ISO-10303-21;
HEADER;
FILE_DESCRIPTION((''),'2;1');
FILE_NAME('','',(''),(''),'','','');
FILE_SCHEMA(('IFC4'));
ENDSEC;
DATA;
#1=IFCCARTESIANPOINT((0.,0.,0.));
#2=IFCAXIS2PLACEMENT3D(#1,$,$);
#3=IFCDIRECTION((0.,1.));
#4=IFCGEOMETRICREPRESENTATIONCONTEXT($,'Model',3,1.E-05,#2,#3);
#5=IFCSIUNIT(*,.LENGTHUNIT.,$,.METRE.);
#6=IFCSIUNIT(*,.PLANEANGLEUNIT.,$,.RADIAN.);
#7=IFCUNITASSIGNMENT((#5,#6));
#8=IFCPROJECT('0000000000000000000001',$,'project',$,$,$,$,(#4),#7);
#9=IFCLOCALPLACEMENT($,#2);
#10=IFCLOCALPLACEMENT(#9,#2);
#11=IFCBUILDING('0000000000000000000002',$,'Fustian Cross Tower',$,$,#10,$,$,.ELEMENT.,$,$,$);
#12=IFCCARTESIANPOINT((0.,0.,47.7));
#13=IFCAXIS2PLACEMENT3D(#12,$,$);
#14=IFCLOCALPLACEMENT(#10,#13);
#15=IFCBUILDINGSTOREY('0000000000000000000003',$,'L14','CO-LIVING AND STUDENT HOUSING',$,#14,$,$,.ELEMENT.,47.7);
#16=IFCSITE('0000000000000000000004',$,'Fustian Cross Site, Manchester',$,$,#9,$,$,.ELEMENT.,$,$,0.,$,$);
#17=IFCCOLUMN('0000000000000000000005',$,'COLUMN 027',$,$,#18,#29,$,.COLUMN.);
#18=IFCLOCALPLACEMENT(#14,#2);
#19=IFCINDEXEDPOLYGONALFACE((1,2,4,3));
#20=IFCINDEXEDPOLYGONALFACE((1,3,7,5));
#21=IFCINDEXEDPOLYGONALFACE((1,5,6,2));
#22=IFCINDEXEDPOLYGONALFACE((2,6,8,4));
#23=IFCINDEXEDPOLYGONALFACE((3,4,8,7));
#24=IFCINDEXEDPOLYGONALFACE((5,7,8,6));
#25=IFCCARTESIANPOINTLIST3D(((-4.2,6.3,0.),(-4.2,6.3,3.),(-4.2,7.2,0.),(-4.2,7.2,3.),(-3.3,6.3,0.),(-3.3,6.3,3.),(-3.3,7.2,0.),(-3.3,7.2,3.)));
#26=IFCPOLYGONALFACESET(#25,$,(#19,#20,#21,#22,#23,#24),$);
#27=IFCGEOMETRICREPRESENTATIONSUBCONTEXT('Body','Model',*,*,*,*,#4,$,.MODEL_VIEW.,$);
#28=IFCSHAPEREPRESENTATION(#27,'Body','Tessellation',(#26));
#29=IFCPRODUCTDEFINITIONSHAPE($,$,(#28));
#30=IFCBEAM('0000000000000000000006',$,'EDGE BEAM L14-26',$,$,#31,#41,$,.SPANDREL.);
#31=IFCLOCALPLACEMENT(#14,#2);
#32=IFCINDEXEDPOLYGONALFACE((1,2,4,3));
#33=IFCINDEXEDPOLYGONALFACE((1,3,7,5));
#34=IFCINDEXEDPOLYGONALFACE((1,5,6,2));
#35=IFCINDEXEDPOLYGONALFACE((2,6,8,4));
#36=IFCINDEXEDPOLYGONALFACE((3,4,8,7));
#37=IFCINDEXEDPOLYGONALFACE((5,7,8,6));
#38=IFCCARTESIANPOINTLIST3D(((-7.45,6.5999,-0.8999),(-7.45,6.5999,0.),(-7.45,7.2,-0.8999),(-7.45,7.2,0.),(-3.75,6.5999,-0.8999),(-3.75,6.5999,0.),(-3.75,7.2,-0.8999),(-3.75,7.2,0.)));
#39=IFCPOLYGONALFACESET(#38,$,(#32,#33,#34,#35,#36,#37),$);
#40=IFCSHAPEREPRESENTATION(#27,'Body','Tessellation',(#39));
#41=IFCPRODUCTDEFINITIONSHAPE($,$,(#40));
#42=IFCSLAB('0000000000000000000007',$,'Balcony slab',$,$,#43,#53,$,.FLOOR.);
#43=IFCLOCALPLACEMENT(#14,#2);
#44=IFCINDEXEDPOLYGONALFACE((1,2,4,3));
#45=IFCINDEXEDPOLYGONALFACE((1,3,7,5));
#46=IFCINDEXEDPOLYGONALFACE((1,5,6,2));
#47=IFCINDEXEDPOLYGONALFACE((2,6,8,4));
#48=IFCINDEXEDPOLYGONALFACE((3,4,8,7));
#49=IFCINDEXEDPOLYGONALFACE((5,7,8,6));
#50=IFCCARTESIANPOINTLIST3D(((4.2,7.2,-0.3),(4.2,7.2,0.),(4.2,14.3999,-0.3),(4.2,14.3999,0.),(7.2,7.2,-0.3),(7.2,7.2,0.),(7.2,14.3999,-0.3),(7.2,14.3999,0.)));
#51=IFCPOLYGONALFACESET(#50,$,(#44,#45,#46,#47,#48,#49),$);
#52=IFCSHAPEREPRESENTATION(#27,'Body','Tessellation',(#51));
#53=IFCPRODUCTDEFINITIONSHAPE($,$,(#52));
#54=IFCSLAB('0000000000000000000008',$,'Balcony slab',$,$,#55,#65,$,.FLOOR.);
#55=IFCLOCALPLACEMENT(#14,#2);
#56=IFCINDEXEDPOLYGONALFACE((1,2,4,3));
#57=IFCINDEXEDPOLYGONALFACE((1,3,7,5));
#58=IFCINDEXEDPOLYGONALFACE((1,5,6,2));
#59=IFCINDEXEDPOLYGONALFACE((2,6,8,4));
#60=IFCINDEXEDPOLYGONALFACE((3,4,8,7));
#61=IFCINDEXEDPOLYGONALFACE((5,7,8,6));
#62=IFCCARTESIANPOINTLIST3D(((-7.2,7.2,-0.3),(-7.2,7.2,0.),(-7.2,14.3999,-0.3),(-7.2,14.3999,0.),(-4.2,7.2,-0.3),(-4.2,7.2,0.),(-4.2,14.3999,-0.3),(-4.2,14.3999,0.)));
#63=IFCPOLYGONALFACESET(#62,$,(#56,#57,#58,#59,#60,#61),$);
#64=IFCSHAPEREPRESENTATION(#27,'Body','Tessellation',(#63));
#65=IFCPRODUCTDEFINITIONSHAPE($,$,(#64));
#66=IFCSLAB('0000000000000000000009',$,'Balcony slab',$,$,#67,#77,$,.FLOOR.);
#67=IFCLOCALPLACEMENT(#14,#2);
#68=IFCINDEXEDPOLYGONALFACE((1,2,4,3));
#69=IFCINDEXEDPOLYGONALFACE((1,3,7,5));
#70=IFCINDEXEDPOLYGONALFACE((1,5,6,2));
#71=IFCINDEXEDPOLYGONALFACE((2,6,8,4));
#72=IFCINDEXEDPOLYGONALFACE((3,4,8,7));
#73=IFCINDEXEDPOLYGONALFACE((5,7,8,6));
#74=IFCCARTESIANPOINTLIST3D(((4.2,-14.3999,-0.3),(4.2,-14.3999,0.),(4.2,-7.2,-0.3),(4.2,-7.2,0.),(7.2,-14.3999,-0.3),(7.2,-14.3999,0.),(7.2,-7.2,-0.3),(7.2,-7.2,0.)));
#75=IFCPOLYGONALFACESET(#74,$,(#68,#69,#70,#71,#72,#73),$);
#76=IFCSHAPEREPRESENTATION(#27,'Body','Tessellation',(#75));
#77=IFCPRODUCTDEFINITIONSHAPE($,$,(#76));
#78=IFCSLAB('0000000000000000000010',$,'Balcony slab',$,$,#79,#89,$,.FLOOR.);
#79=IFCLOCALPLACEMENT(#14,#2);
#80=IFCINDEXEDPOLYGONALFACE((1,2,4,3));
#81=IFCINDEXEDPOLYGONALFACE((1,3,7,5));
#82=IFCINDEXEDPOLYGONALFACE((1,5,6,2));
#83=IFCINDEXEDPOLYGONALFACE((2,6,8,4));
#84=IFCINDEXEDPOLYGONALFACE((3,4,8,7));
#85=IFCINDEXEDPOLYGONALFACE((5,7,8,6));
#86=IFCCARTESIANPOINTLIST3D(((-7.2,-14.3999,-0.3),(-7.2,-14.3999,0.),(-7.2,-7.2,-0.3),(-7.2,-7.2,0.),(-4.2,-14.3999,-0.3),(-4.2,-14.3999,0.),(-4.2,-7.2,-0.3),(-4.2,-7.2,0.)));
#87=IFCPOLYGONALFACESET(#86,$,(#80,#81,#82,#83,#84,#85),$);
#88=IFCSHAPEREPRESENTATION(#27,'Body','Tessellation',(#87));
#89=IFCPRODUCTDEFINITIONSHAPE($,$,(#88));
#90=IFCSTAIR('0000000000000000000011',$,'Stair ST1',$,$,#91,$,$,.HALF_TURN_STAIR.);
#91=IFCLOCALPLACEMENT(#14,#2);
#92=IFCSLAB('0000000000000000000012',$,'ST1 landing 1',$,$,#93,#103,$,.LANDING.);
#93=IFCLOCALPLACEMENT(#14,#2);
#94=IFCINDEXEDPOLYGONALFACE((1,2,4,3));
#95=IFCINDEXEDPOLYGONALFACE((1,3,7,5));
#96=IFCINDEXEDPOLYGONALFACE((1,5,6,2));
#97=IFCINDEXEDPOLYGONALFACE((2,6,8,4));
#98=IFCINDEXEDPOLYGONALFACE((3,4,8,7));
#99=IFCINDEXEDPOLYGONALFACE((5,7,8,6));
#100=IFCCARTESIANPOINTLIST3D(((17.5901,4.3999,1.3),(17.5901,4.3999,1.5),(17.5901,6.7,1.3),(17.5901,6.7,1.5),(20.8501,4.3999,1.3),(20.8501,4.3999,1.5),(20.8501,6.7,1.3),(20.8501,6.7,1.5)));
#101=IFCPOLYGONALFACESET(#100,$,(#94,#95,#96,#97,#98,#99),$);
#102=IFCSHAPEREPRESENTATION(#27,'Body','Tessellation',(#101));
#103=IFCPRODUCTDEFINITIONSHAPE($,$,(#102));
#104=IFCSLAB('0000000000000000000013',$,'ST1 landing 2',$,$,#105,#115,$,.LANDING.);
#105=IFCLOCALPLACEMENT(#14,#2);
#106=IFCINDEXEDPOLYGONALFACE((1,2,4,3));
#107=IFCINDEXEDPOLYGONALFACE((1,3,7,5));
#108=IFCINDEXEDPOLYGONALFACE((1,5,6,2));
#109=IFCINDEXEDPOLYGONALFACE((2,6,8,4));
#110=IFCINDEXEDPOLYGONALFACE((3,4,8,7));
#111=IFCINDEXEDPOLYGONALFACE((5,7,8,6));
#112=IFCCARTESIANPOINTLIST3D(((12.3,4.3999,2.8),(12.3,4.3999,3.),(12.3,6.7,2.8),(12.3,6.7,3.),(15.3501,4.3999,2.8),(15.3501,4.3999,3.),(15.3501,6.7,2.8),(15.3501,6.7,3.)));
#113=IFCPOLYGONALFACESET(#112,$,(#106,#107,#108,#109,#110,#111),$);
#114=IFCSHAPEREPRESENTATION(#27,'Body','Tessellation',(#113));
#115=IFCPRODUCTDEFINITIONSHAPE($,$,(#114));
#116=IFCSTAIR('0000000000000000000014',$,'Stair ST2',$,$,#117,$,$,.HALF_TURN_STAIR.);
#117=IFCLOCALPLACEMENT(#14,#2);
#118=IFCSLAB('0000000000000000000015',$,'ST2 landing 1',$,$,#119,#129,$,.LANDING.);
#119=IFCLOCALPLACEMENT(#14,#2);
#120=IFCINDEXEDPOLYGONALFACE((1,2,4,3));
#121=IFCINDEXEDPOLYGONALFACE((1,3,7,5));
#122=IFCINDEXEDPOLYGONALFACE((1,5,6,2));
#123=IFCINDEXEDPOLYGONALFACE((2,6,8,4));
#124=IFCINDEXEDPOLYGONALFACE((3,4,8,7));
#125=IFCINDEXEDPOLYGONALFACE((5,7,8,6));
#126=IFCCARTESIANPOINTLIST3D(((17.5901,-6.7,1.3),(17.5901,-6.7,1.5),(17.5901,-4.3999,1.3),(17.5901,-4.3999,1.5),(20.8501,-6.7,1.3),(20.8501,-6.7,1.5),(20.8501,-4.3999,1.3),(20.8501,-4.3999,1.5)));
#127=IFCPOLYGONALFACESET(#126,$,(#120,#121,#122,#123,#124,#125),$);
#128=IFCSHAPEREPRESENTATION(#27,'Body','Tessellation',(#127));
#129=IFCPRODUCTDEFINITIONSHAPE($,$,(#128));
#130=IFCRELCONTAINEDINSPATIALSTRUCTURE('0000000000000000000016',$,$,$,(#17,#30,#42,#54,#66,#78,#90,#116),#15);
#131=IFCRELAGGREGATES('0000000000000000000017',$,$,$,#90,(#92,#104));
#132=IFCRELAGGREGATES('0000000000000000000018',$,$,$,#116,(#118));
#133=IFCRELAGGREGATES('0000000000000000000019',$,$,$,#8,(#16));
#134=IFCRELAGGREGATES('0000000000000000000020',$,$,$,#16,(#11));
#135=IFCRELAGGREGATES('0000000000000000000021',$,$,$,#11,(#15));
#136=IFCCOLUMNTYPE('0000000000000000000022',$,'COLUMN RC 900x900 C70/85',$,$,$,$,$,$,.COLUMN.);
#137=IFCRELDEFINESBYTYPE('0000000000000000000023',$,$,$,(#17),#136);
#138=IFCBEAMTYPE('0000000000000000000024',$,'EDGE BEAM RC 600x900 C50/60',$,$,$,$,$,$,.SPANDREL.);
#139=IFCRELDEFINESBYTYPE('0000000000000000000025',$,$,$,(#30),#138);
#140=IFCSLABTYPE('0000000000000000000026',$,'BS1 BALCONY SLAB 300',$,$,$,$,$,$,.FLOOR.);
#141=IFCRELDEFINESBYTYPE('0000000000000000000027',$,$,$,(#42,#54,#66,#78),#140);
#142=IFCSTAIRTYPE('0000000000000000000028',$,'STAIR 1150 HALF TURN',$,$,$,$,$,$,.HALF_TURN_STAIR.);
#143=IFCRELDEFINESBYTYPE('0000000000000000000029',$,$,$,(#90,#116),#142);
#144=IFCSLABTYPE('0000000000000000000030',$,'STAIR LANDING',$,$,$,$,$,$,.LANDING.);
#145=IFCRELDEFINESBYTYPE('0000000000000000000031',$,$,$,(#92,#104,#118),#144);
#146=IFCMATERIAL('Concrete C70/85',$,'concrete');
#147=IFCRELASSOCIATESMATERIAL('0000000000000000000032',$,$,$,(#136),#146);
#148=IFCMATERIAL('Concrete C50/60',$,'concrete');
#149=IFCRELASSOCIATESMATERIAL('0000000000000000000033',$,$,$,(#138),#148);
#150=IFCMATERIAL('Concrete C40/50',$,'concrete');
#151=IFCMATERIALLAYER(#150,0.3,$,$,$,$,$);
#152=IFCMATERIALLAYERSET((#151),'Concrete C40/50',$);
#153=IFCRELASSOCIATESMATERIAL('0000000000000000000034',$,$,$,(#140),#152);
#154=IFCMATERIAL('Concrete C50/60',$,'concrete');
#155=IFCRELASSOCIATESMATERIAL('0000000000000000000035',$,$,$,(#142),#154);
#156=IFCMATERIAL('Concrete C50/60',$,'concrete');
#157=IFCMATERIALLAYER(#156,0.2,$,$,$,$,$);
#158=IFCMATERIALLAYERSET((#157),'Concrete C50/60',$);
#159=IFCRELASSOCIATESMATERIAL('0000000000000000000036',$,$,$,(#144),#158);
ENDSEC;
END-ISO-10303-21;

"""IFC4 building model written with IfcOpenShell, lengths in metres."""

from ifc_helpers import new_model, si_unit, direction, frame, origin, origin_2d, place, context, subcontext, project, spatial, polyline, rectangle, outline, extrude, material, layer, layer_set, material_profile, profile_set, type_object, element, aggregate, save


model = new_model("IFC4")

# Units and contexts
model_context = context("Model", 3, precision=1e-05, world=origin(), true_north=direction((0.0, 1.0)))
body_context = subcontext(model_context, "Body", "Model", "MODEL_VIEW")
ifc_project = project(units=[si_unit("LENGTHUNIT", "METRE"), si_unit("PLANEANGLEUNIT", "RADIAN")], contexts=[model_context])

# Site, building, storey
site_placement = place(None, origin())
site = spatial("IfcSite", under=ifc_project, at=site_placement, Name="Fustian Cross Site, Manchester", CompositionType="ELEMENT", RefElevation=0.0)
building_placement = place(site_placement, origin())
building = spatial("IfcBuilding", under=site, at=building_placement, Name="Fustian Cross Tower", CompositionType="ELEMENT")
storey_placement = place(building_placement, frame((0.0, 0.0, 47.7)))
storey = spatial("IfcBuildingStorey", under=building, at=storey_placement, Name="L14", Description="CO-LIVING AND STUDENT HOUSING", CompositionType="ELEMENT", Elevation=47.7)

# Column
ifc_material_1 = material(Name="Concrete C70/85", Category="concrete")
ifc_material_profile_1 = material_profile(ifc_material_1, rectangle(XDim=0.8999, YDim=0.8999, at=origin_2d()), Name="RC 900x900")
ifc_profile_set_1 = profile_set([ifc_material_profile_1], Name="Concrete C70/85")
column_type = type_object("IfcColumnType", Name="COLUMN RC 900x900 C70/85", PredefinedType="COLUMN", material=ifc_profile_set_1)
column_placement = place(storey_placement, frame((-3.75, 6.75, 0.0), z_axis=(0.0, 0.0, 1.0), x_axis=(1.0, 0.0, 0.0)))
element("IfcColumn", 1, at=column_placement, inside=storey, type_object=column_type, Name="COLUMN 027", PredefinedType="COLUMN", context=body_context, shape_type="SweptSolid", body=[
    extrude(rectangle(XDim=0.8999, YDim=0.8999, at=origin_2d()), origin(), (0.0, 0.0, 1.0), 3.0),
])

# Beam
ifc_material_2 = material(Name="Concrete C50/60", Category="concrete")
ifc_material_profile_2 = material_profile(ifc_material_2, rectangle(XDim=0.6001, YDim=0.8999, at=origin_2d()), Name="RC 600x900")
ifc_profile_set_2 = profile_set([ifc_material_profile_2], Name="Concrete C50/60")
beam_type = type_object("IfcBeamType", Name="EDGE BEAM RC 600x900 C50/60", PredefinedType="SPANDREL", material=ifc_profile_set_2)
beam_placement = place(storey_placement, frame((-3.75, 6.8999, -0.45), z_axis=(-1.0, 0.0, 0.0), x_axis=(0.0, -1.0, 0.0)))
element("IfcBeam", 2, at=beam_placement, inside=storey, type_object=beam_type, Name="EDGE BEAM L14-26", PredefinedType="SPANDREL", context=body_context, shape_type="SweptSolid", body=[
    extrude(rectangle(XDim=0.6001, YDim=0.8999, at=origin_2d()), origin(), (0.0, 0.0, 1.0), 3.7),
])

# Slabs
ifc_material_3 = material(Name="Concrete C40/50", Category="concrete")
ifc_layer_1 = layer(ifc_material_3, 0.3)
ifc_layer_set_1 = layer_set([ifc_layer_1], Name="Concrete C40/50")
slab_type_1 = type_object("IfcSlabType", Name="BS1 BALCONY SLAB 300", PredefinedType="FLOOR", material=ifc_layer_set_1)
slab_1_placement = place(storey_placement, frame((0.0, 0.0, -0.3)))
element("IfcSlab", 3, at=slab_1_placement, inside=storey, type_object=slab_type_1, Name="Balcony slab", PredefinedType="FLOOR", context=body_context, shape_type="SweptSolid", body=[
    extrude(outline(polyline([(4.2, 7.2), (7.2, 7.2), (7.2, 14.3999), (4.2, 14.3999), (4.2, 7.2)])), origin(), (0.0, 0.0, 1.0), 0.3),
])
slab_2_placement = place(storey_placement, frame((0.0, 0.0, -0.3)))
element("IfcSlab", 4, at=slab_2_placement, inside=storey, type_object=slab_type_1, Name="Balcony slab", PredefinedType="FLOOR", context=body_context, shape_type="SweptSolid", body=[
    extrude(outline(polyline([(-7.2, 7.2), (-4.2, 7.2), (-4.2, 14.3999), (-7.2, 14.3999), (-7.2, 7.2)])), origin(), (0.0, 0.0, 1.0), 0.3),
])
slab_3_placement = place(storey_placement, frame((0.0, 0.0, -0.3)))
element("IfcSlab", 5, at=slab_3_placement, inside=storey, type_object=slab_type_1, Name="Balcony slab", PredefinedType="FLOOR", context=body_context, shape_type="SweptSolid", body=[
    extrude(outline(polyline([(4.2, -14.3999), (7.2, -14.3999), (7.2, -7.2), (4.2, -7.2), (4.2, -14.3999)])), origin(), (0.0, 0.0, 1.0), 0.3),
])
slab_4_placement = place(storey_placement, frame((0.0, 0.0, -0.3)))
element("IfcSlab", 6, at=slab_4_placement, inside=storey, type_object=slab_type_1, Name="Balcony slab", PredefinedType="FLOOR", context=body_context, shape_type="SweptSolid", body=[
    extrude(outline(polyline([(-7.2, -14.3999), (-4.2, -14.3999), (-4.2, -7.2), (-7.2, -7.2), (-7.2, -14.3999)])), origin(), (0.0, 0.0, 1.0), 0.3),
])

# Stair, slabs
ifc_material_4 = material(Name="Concrete C50/60", Category="concrete")
stair_type = type_object("IfcStairType", Name="STAIR 1150 HALF TURN", PredefinedType="HALF_TURN_STAIR", material=ifc_material_4)
stair_1_placement = place(storey_placement, origin())
stair_1 = element("IfcStair", 7, at=stair_1_placement, inside=storey, type_object=stair_type, Name="Stair ST1", PredefinedType="HALF_TURN_STAIR")
ifc_material_5 = material(Name="Concrete C50/60", Category="concrete")
ifc_layer_2 = layer(ifc_material_5, 0.2)
ifc_layer_set_2 = layer_set([ifc_layer_2], Name="Concrete C50/60")
slab_type_2 = type_object("IfcSlabType", Name="STAIR LANDING", PredefinedType="LANDING", material=ifc_layer_set_2)
slab_5_placement = place(storey_placement, frame((0.0, 0.0, 1.3)))
slab_5 = element("IfcSlab", 8, at=slab_5_placement, type_object=slab_type_2, Name="ST1 landing 1", PredefinedType="LANDING", context=body_context, shape_type="SweptSolid", body=[
    extrude(outline(polyline([(17.5901, 4.3999), (20.8501, 4.3999), (20.8501, 6.7), (17.5901, 6.7), (17.5901, 4.3999)])), origin(), (0.0, 0.0, 1.0), 0.2),
])
slab_6_placement = place(storey_placement, frame((0.0, 0.0, 2.8)))
slab_6 = element("IfcSlab", 9, at=slab_6_placement, type_object=slab_type_2, Name="ST1 landing 2", PredefinedType="LANDING", context=body_context, shape_type="SweptSolid", body=[
    extrude(outline(polyline([(12.3, 4.3999), (15.3501, 4.3999), (15.3501, 6.7), (12.3, 6.7), (12.3, 4.3999)])), origin(), (0.0, 0.0, 1.0), 0.2),
])
aggregate(stair_1, [slab_5, slab_6])

# Stair, slab
stair_2_placement = place(storey_placement, origin())
stair_2 = element("IfcStair", 10, at=stair_2_placement, inside=storey, type_object=stair_type, Name="Stair ST2", PredefinedType="HALF_TURN_STAIR")
slab_7_placement = place(storey_placement, frame((0.0, 0.0, 1.3)))
slab_7 = element("IfcSlab", 11, at=slab_7_placement, type_object=slab_type_2, Name="ST2 landing 1", PredefinedType="LANDING", context=body_context, shape_type="SweptSolid", body=[
    extrude(outline(polyline([(17.5901, -4.3999), (20.8501, -4.3999), (20.8501, -6.7), (17.5901, -6.7), (17.5901, -4.3999)])), origin(), (0.0, 0.0, 1.0), 0.2),
])
aggregate(stair_2, [slab_7])

save(model, "model.ifc")
